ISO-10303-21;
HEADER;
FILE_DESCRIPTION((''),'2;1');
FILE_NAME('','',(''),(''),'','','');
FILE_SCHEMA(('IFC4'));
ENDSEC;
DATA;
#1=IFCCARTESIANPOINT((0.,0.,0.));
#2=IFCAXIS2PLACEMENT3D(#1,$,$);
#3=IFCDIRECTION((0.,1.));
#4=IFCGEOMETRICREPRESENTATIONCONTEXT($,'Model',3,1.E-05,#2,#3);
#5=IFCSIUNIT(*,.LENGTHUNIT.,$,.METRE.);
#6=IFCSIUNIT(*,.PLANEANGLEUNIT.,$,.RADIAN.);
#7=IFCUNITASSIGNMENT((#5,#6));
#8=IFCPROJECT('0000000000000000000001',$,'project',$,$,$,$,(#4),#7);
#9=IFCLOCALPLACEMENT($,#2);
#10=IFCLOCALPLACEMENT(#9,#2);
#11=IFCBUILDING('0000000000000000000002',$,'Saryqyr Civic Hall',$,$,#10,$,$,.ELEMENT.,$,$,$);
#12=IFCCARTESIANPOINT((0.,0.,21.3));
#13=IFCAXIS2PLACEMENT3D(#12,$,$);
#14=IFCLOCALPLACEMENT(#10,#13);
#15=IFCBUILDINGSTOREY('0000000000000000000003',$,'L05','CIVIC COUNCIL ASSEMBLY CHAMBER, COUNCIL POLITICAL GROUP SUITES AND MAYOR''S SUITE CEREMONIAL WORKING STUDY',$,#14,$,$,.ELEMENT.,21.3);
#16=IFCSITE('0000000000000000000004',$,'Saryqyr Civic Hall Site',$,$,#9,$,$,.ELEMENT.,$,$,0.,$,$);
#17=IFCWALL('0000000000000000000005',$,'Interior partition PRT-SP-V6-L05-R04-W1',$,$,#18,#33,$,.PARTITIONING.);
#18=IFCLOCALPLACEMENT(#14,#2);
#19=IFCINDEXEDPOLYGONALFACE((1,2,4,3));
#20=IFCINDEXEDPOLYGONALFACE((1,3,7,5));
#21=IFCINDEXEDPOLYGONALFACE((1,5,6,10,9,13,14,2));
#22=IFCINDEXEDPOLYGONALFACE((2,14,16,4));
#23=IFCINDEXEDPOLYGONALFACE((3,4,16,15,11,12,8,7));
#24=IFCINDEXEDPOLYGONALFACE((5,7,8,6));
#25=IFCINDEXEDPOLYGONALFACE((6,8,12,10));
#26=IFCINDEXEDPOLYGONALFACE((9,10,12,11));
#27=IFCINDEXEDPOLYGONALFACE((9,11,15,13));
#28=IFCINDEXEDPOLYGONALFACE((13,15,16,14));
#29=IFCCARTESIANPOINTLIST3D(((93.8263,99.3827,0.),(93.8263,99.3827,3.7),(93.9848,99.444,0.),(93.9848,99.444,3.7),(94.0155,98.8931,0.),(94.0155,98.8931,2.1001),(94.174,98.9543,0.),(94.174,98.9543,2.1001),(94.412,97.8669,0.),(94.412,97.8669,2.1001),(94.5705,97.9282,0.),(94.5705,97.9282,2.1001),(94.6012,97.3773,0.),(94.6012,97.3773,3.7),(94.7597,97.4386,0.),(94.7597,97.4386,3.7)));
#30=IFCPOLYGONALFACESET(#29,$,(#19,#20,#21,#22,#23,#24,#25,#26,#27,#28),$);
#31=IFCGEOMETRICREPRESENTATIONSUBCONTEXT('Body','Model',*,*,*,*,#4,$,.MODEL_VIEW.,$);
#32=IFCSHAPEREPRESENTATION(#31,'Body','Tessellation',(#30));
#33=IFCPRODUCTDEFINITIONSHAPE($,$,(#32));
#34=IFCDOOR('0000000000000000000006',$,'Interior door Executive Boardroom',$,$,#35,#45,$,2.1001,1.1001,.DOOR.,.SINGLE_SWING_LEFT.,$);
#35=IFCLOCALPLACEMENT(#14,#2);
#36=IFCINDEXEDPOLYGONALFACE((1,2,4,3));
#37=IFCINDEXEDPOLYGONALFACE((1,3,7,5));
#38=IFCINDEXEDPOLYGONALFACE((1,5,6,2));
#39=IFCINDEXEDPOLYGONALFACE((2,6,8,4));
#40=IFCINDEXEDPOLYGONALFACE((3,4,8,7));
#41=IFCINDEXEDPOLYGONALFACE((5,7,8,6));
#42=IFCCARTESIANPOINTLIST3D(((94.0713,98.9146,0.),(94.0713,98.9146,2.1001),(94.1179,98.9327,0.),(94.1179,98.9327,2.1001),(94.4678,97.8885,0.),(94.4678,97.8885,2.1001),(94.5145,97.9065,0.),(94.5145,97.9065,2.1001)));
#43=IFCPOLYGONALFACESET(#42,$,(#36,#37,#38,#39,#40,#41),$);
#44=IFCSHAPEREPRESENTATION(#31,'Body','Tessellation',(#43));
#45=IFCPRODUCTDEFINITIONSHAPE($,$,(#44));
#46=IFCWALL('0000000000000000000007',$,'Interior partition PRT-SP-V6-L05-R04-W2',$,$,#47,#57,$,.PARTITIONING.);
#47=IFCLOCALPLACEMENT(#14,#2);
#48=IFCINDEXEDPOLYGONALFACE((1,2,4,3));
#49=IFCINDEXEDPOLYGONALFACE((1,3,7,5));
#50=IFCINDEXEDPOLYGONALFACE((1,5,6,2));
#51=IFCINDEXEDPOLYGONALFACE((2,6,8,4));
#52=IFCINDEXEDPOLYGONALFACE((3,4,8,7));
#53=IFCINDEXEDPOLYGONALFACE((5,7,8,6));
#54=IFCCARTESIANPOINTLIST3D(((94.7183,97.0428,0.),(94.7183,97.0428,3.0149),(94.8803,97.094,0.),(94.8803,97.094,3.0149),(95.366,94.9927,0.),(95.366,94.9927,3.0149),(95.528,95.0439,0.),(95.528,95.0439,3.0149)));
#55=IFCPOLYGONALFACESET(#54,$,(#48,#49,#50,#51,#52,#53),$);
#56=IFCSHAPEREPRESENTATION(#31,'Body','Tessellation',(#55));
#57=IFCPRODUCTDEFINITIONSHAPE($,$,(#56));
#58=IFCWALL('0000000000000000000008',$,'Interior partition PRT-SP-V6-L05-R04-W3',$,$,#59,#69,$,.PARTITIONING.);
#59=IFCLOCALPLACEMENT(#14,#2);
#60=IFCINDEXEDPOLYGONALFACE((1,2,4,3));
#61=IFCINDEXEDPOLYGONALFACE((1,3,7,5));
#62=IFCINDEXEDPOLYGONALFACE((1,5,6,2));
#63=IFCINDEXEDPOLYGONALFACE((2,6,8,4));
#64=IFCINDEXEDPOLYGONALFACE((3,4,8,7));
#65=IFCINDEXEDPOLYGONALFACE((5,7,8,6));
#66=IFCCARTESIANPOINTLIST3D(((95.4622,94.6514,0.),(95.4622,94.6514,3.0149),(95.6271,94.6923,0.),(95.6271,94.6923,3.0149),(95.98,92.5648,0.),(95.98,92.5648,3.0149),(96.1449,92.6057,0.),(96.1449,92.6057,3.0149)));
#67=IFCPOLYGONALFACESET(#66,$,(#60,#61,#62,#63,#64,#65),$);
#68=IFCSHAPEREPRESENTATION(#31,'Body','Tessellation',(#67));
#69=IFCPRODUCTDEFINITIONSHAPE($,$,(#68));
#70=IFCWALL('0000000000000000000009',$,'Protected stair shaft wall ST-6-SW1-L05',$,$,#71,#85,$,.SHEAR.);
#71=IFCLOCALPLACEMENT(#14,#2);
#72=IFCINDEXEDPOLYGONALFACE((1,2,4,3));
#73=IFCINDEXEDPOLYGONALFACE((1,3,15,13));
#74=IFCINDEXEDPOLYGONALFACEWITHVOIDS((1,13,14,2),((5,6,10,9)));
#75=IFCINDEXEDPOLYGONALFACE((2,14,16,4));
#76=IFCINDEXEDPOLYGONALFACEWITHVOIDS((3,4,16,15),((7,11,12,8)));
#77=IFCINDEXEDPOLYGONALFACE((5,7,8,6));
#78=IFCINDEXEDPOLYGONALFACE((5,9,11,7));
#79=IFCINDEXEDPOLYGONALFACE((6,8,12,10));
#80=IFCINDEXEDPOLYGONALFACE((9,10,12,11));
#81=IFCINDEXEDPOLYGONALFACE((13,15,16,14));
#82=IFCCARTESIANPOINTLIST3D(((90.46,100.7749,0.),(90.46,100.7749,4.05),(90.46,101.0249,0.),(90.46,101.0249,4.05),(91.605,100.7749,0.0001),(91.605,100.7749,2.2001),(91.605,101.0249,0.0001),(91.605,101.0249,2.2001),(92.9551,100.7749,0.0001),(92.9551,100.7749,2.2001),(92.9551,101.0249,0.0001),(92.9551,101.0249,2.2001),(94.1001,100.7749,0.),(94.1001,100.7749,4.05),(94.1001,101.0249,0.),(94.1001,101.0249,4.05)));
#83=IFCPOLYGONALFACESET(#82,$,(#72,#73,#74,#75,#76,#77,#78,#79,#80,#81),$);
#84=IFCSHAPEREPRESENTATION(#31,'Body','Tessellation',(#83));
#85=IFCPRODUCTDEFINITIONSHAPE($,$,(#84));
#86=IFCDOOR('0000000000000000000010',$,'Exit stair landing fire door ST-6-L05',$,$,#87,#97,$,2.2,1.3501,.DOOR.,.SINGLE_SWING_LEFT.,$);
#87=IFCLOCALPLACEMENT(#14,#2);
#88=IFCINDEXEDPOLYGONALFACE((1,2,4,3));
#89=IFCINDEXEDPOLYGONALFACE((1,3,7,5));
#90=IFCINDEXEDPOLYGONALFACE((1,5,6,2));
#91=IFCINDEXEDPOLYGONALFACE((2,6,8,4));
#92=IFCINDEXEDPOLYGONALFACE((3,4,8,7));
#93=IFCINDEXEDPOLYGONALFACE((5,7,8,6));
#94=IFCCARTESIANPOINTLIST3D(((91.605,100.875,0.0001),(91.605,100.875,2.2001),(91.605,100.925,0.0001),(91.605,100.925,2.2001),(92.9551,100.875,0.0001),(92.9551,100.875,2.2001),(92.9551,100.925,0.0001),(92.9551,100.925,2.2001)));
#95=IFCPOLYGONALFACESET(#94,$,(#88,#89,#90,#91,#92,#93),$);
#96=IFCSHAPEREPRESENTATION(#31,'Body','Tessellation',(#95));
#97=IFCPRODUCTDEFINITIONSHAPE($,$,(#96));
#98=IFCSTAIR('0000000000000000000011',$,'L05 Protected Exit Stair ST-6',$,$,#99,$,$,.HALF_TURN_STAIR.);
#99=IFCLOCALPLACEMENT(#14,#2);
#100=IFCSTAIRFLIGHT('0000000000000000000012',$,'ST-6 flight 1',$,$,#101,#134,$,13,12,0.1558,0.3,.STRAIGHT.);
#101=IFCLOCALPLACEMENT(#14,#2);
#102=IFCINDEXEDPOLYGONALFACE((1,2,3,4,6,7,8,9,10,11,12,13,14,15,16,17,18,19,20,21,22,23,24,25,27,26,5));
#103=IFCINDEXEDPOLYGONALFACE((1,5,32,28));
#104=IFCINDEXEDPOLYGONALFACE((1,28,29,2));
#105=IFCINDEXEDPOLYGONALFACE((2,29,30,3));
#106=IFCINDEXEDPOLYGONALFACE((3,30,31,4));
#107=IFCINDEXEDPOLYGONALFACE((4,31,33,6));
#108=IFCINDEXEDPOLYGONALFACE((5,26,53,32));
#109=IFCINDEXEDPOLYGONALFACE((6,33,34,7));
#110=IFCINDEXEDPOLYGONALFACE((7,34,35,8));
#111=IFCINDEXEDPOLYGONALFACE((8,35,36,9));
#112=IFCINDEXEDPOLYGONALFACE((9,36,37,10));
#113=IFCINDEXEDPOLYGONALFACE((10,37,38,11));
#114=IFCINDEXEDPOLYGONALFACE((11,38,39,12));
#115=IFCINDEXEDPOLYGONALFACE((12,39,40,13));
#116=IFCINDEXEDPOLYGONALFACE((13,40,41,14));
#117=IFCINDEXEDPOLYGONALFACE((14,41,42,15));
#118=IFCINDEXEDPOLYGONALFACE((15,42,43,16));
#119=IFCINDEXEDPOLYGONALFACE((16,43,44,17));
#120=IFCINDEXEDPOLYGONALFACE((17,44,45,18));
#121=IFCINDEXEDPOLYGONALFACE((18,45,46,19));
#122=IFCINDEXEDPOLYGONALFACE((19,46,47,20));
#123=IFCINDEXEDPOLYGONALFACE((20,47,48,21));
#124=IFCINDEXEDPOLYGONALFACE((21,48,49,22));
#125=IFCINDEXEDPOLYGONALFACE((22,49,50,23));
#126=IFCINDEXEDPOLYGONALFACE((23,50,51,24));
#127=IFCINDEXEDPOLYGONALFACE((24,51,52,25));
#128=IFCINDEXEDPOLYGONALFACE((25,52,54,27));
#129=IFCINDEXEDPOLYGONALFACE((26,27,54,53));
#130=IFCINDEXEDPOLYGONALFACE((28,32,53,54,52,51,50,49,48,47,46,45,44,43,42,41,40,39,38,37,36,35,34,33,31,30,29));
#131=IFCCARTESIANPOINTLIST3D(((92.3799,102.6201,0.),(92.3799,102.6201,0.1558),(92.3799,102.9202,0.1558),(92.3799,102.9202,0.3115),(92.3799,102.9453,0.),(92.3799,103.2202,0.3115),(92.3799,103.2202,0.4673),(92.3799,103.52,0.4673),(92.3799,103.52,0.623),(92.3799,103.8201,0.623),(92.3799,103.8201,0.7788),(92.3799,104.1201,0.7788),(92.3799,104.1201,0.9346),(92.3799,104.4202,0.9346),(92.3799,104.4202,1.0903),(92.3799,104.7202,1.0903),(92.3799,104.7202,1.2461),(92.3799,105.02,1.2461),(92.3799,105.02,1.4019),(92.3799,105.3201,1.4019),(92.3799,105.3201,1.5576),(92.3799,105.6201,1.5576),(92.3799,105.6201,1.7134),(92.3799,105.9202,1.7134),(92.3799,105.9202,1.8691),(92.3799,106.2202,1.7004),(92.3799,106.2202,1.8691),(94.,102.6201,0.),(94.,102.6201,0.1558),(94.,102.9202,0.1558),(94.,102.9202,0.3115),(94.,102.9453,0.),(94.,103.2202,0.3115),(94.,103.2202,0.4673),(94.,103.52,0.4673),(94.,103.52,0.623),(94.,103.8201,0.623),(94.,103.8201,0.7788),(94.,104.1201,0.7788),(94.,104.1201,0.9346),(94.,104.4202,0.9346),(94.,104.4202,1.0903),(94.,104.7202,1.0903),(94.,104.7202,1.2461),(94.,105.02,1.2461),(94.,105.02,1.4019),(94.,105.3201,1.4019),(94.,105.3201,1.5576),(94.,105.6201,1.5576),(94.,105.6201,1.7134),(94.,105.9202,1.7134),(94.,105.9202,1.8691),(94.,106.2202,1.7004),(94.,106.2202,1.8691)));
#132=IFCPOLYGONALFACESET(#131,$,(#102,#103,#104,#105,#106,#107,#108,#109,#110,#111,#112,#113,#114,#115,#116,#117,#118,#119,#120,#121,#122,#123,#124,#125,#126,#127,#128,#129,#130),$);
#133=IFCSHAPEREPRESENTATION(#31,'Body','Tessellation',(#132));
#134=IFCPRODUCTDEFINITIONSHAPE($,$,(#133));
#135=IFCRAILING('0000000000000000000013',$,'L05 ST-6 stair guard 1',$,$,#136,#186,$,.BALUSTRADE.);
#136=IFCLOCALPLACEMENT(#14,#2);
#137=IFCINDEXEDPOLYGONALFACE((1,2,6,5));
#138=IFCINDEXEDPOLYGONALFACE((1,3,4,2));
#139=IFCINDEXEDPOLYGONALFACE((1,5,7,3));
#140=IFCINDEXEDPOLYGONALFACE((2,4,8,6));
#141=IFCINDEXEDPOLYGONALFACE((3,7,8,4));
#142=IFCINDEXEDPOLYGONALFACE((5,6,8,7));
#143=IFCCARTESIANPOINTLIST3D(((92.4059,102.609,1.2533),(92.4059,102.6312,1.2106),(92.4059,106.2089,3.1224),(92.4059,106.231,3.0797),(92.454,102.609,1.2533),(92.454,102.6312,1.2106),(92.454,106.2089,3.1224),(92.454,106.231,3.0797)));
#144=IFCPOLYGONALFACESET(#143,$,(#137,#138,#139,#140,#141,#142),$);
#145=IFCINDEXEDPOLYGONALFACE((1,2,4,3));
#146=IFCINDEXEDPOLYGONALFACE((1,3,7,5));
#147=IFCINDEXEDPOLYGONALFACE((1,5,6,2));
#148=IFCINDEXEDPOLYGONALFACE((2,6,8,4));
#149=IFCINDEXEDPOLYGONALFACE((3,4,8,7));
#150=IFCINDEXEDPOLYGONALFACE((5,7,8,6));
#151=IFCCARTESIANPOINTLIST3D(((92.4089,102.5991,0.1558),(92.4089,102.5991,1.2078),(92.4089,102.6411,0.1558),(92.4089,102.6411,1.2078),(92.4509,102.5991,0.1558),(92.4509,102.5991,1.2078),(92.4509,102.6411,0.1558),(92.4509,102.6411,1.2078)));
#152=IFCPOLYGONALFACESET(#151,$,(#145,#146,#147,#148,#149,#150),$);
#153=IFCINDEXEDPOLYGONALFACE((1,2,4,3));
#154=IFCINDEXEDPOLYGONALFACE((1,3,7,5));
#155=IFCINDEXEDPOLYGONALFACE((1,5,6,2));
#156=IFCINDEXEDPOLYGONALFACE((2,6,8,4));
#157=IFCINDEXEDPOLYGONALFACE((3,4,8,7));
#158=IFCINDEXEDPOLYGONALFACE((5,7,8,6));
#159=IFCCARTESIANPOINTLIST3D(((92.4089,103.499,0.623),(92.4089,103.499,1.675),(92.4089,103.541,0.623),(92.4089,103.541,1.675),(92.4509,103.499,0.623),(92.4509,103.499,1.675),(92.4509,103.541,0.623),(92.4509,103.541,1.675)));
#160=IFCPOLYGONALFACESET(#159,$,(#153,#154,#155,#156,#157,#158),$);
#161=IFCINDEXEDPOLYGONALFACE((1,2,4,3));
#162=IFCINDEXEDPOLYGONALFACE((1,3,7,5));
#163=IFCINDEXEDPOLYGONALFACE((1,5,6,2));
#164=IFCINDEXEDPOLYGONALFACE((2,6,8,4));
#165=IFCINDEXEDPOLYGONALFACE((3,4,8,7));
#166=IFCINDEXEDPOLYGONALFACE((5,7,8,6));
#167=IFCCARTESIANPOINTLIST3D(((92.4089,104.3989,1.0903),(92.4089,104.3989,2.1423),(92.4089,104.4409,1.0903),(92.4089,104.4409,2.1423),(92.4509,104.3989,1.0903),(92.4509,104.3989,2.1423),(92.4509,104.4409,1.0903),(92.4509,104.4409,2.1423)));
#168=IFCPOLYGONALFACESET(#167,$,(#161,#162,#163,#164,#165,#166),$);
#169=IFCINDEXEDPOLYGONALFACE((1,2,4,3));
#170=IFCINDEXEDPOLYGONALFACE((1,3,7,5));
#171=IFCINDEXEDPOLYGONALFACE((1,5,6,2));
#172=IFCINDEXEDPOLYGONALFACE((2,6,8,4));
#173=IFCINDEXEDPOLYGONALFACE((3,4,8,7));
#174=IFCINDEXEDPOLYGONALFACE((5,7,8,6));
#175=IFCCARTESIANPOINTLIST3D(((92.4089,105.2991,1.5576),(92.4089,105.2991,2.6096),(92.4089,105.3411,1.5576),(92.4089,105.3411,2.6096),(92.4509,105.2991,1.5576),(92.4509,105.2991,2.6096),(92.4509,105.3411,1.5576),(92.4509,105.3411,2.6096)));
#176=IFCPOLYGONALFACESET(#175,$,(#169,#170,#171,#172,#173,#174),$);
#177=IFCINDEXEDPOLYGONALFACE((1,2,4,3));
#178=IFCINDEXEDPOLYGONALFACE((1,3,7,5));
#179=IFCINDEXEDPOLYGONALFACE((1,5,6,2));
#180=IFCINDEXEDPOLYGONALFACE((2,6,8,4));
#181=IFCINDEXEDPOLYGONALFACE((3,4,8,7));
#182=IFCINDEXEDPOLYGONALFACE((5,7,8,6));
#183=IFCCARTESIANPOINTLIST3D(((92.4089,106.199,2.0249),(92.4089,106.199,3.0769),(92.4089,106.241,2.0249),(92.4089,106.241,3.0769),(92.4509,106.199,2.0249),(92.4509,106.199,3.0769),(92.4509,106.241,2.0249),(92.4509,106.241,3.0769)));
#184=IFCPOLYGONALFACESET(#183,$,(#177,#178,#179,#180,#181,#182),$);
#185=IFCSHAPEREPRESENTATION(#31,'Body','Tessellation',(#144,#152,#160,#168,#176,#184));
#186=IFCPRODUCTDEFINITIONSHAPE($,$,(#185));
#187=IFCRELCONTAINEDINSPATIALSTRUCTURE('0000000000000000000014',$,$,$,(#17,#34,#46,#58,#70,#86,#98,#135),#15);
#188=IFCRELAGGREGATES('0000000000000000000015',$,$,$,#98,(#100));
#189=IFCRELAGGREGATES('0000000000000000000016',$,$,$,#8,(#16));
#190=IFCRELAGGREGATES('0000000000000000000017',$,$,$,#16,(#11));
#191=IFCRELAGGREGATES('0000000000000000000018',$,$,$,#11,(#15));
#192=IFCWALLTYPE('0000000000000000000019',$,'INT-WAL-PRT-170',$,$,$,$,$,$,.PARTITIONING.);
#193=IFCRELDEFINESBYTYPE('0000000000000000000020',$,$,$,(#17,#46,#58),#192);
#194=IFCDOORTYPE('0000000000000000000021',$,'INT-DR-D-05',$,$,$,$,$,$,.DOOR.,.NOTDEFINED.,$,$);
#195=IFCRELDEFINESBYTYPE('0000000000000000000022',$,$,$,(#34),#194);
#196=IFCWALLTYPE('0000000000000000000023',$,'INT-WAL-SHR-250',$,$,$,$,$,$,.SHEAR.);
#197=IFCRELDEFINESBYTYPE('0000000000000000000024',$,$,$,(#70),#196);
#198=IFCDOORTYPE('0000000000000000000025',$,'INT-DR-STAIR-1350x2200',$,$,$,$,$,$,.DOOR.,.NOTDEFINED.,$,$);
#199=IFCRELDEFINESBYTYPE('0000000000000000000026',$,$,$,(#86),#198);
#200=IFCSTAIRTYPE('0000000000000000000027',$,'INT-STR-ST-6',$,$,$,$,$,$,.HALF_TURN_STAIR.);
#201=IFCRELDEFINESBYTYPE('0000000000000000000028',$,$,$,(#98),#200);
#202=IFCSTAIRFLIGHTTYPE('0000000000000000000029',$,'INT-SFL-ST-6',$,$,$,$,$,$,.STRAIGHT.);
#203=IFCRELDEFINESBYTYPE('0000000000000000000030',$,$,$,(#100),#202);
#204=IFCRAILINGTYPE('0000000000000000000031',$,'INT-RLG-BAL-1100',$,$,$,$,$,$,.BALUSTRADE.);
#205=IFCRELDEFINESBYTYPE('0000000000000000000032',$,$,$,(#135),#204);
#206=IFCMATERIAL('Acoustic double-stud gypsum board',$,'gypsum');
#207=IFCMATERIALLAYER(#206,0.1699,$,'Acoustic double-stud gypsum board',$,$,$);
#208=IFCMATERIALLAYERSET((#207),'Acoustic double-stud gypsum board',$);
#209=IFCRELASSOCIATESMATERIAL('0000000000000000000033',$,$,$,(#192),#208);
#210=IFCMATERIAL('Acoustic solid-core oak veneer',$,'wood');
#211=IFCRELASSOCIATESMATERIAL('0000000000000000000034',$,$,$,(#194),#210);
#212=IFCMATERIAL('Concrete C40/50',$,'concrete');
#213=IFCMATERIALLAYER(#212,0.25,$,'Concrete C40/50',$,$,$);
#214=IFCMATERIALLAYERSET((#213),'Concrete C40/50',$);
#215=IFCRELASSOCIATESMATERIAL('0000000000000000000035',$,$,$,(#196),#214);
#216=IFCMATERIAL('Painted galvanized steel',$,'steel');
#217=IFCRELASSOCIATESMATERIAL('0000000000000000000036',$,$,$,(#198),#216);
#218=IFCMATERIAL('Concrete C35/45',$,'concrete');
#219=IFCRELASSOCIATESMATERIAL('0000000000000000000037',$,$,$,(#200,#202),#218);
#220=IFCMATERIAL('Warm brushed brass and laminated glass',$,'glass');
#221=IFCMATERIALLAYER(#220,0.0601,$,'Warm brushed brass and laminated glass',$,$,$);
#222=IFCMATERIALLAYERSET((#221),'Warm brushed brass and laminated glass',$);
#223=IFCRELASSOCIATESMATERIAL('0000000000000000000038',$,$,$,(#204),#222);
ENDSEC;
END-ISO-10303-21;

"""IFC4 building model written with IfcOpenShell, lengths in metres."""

from ifc_helpers import new_model, si_unit, direction, frame, frame_2d, origin, origin_2d, place, context, subcontext, project, spatial, polyline, rectangle, outline, extrude, material, layer, layer_set, type_object, element, fill, aggregate, save


model = new_model("IFC4")

# Units and contexts
model_context = context("Model", 3, precision=1e-05, world=origin(), true_north=direction((0.0, 1.0)))
body_context = subcontext(model_context, "Body", "Model", "MODEL_VIEW")
ifc_project = project(units=[si_unit("LENGTHUNIT", "METRE"), si_unit("PLANEANGLEUNIT", "RADIAN")], contexts=[model_context])

# Site, building, storey
site_placement = place(None, origin())
site = spatial("IfcSite", under=ifc_project, at=site_placement, Name="Saryqyr Civic Hall Site", CompositionType="ELEMENT", RefElevation=0.0)
building_placement = place(site_placement, origin())
building = spatial("IfcBuilding", under=site, at=building_placement, Name="Saryqyr Civic Hall", CompositionType="ELEMENT")
storey_placement = place(building_placement, frame((0.0, 0.0, 21.3)))
storey = spatial("IfcBuildingStorey", under=building, at=storey_placement, Name="L05", Description="CIVIC COUNCIL ASSEMBLY CHAMBER, COUNCIL POLITICAL GROUP SUITES AND MAYOR'S SUITE CEREMONIAL WORKING STUDY", CompositionType="ELEMENT", Elevation=21.3)

# Shared definitions
ifc_material_1 = material(Name="Concrete C40/50", Category="concrete")

# Shared definitions
ifc_material_2 = material(Name="Concrete C35/45", Category="concrete")

# Wall, opening, door
ifc_material_3 = material(Name="Acoustic solid-core oak veneer", Category="wood")
ifc_material_4 = material(Name="Acoustic double-stud gypsum board", Category="gypsum")
ifc_layer_1 = layer(ifc_material_4, 0.1699, Name="Acoustic double-stud gypsum board")
ifc_layer_set_1 = layer_set([ifc_layer_1], Name="Acoustic double-stud gypsum board")
wall_type_1 = type_object("IfcWallType", Name="INT-WAL-PRT-170", PredefinedType="PARTITIONING", material=ifc_layer_set_1)
wall_1_placement = place(storey_placement, frame((93.9055, 99.4133, 0.0), z_axis=(0.0, 0.0, 1.0), x_axis=(0.36044, -0.932783, 0.0)))
wall_1 = element("IfcWall", 1, at=wall_1_placement, inside=storey, type_object=wall_type_1, Name="Interior partition PRT-SP-V6-L05-R04-W1", PredefinedType="PARTITIONING", context=body_context, shape_type="SweptSolid", body=[
    extrude(rectangle(XDim=2.1499, YDim=0.1699, at=frame_2d((1.075, 0.0))), origin(), (0.0, 0.0, 1.0), 3.7),
])
opening_1_placement = place(wall_1_placement, frame((0.5249, 0.0, 0.0)))
opening_1 = element("IfcOpeningElement", 2, at=opening_1_placement, cuts=wall_1, PredefinedType="OPENING", context=body_context, shape_type="SweptSolid", body=[
    extrude(rectangle(XDim=1.1001, YDim=2.1001, at=frame_2d((0.55, 1.05))), frame((0.0, 0.095, 0.0), z_axis=(0.0, -1.0, 0.0), x_axis=(1.0, 0.0, 0.0)), (0.0, 0.0, 1.0), 0.1899),
])
door_type_1 = type_object("IfcDoorType", Name="INT-DR-D-05", OperationType="NOTDEFINED", PredefinedType="DOOR", material=ifc_material_3)
door_1_placement = place(opening_1_placement, origin())
door_1 = element("IfcDoor", 3, at=door_1_placement, inside=storey, type_object=door_type_1, Name="Interior door Executive Boardroom", OperationType="SINGLE_SWING_LEFT", OverallHeight=2.1001, OverallWidth=1.1001, PredefinedType="DOOR", context=body_context, shape_type="SweptSolid", body=[
    extrude(rectangle(XDim=1.1001, YDim=2.1001, at=frame_2d((0.55, 1.05))), frame((0.0, 0.0249, 0.0), z_axis=(0.0, -1.0, 0.0), x_axis=(1.0, 0.0, 0.0)), (0.0, 0.0, 1.0), 0.05),
])
fill(opening_1, door_1)

# Walls
for number, where, z_axis, x_axis, name in (
    (4, (94.7993, 97.0684, 0.0), (0.0, 0.0, 1.0), (0.301267, -0.95354, 0.0), "Interior partition PRT-SP-V6-L05-R04-W2"),
    (5, (95.5447, 94.6719, 0.0), (0.0, 0.0, 1.0), (0.240852, -0.970562, 0.0), "Interior partition PRT-SP-V6-L05-R04-W3"),
):
    element("IfcWall", number, at=place(storey_placement, frame(where, z_axis=z_axis, x_axis=x_axis)), inside=storey, type_object=wall_type_1, Name=name, PredefinedType="PARTITIONING", context=body_context, shape_type="SweptSolid", body=[
        extrude(rectangle(XDim=2.1499, YDim=0.1699, at=frame_2d((1.075, 0.0))), origin(), (0.0, 0.0, 1.0), 3.0149),
    ])

# Wall, opening, door
ifc_layer_2 = layer(ifc_material_1, 0.25, Name="Concrete C40/50")
ifc_layer_set_2 = layer_set([ifc_layer_2], Name="Concrete C40/50")
wall_type_2 = type_object("IfcWallType", Name="INT-WAL-SHR-250", PredefinedType="SHEAR", material=ifc_layer_set_2)
wall_2_placement = place(storey_placement, frame((94.1001, 100.8999, 0.0), z_axis=(0.0, 0.0, 1.0), x_axis=(-1.0, 0.0, 0.0)))
wall_2 = element("IfcWall", 6, at=wall_2_placement, inside=storey, type_object=wall_type_2, Name="Protected stair shaft wall ST-6-SW1-L05", PredefinedType="SHEAR", context=body_context, shape_type="SweptSolid", body=[
    extrude(rectangle(XDim=3.6401, YDim=0.25, at=frame_2d((1.8201, 0.0))), origin(), (0.0, 0.0, 1.0), 4.05),
])
opening_2_placement = place(wall_2_placement, frame((1.145, 0.0, 0.0)))
opening_2 = element("IfcOpeningElement", 7, at=opening_2_placement, cuts=wall_2, PredefinedType="OPENING", context=body_context, shape_type="SweptSolid", body=[
    extrude(rectangle(XDim=1.3501, YDim=2.2, at=frame_2d((0.675, 1.1001))), frame((0.0, 0.135, 0.0), z_axis=(0.0, -1.0, 0.0), x_axis=(1.0, 0.0, 0.0)), (0.0, 0.0, 1.0), 0.27),
])
ifc_material_5 = material(Name="Painted galvanized steel", Category="steel")
door_type_2 = type_object("IfcDoorType", Name="INT-DR-STAIR-1350x2200", OperationType="NOTDEFINED", PredefinedType="DOOR", material=ifc_material_5)
door_2_placement = place(opening_2_placement, origin())
door_2 = element("IfcDoor", 8, at=door_2_placement, inside=storey, type_object=door_type_2, Name="Exit stair landing fire door ST-6-L05", OperationType="SINGLE_SWING_LEFT", OverallHeight=2.2, OverallWidth=1.3501, PredefinedType="DOOR", context=body_context, shape_type="SweptSolid", body=[
    extrude(rectangle(XDim=1.3501, YDim=2.2, at=frame_2d((0.675, 1.1001))), frame((0.0, 0.0249, 0.0), z_axis=(0.0, -1.0, 0.0), x_axis=(1.0, 0.0, 0.0)), (0.0, 0.0, 1.0), 0.05),
])
fill(opening_2, door_2)

# Stair, stair flight
stair_type = type_object("IfcStairType", Name="INT-STR-ST-6", PredefinedType="HALF_TURN_STAIR", material=ifc_material_2)
stair_placement = place(storey_placement, origin())
stair = element("IfcStair", 9, at=stair_placement, inside=storey, type_object=stair_type, Name="L05 Protected Exit Stair ST-6", PredefinedType="HALF_TURN_STAIR")
stair_flight_type = type_object("IfcStairFlightType", Name="INT-SFL-ST-6", PredefinedType="STRAIGHT", material=ifc_material_2)
stair_flight_placement = place(storey_placement, frame((93.1899, 102.6201, 0.0), z_axis=(0.0, 0.0, 1.0), x_axis=(0.0, 1.0, 0.0)))
stair_flight = element("IfcStairFlight", 10, at=stair_flight_placement, type_object=stair_flight_type, Name="ST-6 flight 1", NumberOfRisers=13, NumberOfTreads=12, PredefinedType="STRAIGHT", RiserHeight=0.1558, TreadLength=0.3, context=body_context, shape_type="SweptSolid", body=[
    extrude(outline(polyline([(0.0, 0.0), (0.0, 0.1558), (0.3, 0.1558), (0.3, 0.3115), (0.6001, 0.3115), (0.6001, 0.4673), (0.8999, 0.4673), (0.8999, 0.623), (1.2, 0.623), (1.2, 0.7788), (1.5, 0.7788), (1.5, 0.9346), (1.8, 0.9346), (1.8, 1.0903), (2.1001, 1.0903), (2.1001, 1.2461), (2.3999, 1.2461), (2.3999, 1.4019), (2.7, 1.4019), (2.7, 1.5576), (3.0, 1.5576), (3.0, 1.7134), (3.3, 1.7134), (3.3, 1.8691), (3.6001, 1.8691), (3.6001, 2.0249), (3.6001, 1.7004), (0.3252, 0.0), (0.0, 0.0)])), frame((0.0, 0.8101, 0.0), z_axis=(0.0, -1.0, 0.0), x_axis=(1.0, 0.0, 0.0)), (0.0, 0.0, 1.0), 1.6201),
])
aggregate(stair, [stair_flight])

# Railing
ifc_material_6 = material(Name="Warm brushed brass and laminated glass", Category="glass")
ifc_layer_3 = layer(ifc_material_6, 0.0601, Name="Warm brushed brass and laminated glass")
ifc_layer_set_3 = layer_set([ifc_layer_3], Name="Warm brushed brass and laminated glass")
railing_type_1 = type_object("IfcRailingType", Name="INT-RLG-BAL-1100", PredefinedType="BALUSTRADE", material=ifc_layer_set_3)
railing_1_placement = place(storey_placement, frame((92.4299, 102.6201, 0.1558)))
element("IfcRailing", 11, at=railing_1_placement, inside=storey, type_object=railing_type_1, Name="L05 ST-6 stair guard 1", PredefinedType="BALUSTRADE", context=body_context, shape_type="SweptSolid", body=[
    extrude(rectangle(XDim=0.0481, YDim=0.0481, at=origin_2d()), frame((0.0, 0.0, 1.0762), z_axis=(0.0, 0.887497, 0.460813), x_axis=(-1.0, 0.0, 0.0)), (0.0, 0.0, 1.0), 4.0562),
    extrude(rectangle(XDim=0.042, YDim=0.042, at=origin_2d()), origin(), (0.0, 0.0, 1.0), 1.052),
    extrude(rectangle(XDim=0.042, YDim=0.042, at=origin_2d()), frame((0.0, 0.8999, 0.4673)), (0.0, 0.0, 1.0), 1.052),
    extrude(rectangle(XDim=0.042, YDim=0.042, at=origin_2d()), frame((0.0, 1.7998, 0.9346)), (0.0, 0.0, 1.0), 1.052),
    extrude(rectangle(XDim=0.042, YDim=0.042, at=origin_2d()), frame((0.0, 2.7, 1.4019)), (0.0, 0.0, 1.0), 1.052),
    extrude(rectangle(XDim=0.042, YDim=0.042, at=origin_2d()), frame((0.0, 3.5999, 1.8691)), (0.0, 0.0, 1.0), 1.052),
])

save(model, "model.ifc")
